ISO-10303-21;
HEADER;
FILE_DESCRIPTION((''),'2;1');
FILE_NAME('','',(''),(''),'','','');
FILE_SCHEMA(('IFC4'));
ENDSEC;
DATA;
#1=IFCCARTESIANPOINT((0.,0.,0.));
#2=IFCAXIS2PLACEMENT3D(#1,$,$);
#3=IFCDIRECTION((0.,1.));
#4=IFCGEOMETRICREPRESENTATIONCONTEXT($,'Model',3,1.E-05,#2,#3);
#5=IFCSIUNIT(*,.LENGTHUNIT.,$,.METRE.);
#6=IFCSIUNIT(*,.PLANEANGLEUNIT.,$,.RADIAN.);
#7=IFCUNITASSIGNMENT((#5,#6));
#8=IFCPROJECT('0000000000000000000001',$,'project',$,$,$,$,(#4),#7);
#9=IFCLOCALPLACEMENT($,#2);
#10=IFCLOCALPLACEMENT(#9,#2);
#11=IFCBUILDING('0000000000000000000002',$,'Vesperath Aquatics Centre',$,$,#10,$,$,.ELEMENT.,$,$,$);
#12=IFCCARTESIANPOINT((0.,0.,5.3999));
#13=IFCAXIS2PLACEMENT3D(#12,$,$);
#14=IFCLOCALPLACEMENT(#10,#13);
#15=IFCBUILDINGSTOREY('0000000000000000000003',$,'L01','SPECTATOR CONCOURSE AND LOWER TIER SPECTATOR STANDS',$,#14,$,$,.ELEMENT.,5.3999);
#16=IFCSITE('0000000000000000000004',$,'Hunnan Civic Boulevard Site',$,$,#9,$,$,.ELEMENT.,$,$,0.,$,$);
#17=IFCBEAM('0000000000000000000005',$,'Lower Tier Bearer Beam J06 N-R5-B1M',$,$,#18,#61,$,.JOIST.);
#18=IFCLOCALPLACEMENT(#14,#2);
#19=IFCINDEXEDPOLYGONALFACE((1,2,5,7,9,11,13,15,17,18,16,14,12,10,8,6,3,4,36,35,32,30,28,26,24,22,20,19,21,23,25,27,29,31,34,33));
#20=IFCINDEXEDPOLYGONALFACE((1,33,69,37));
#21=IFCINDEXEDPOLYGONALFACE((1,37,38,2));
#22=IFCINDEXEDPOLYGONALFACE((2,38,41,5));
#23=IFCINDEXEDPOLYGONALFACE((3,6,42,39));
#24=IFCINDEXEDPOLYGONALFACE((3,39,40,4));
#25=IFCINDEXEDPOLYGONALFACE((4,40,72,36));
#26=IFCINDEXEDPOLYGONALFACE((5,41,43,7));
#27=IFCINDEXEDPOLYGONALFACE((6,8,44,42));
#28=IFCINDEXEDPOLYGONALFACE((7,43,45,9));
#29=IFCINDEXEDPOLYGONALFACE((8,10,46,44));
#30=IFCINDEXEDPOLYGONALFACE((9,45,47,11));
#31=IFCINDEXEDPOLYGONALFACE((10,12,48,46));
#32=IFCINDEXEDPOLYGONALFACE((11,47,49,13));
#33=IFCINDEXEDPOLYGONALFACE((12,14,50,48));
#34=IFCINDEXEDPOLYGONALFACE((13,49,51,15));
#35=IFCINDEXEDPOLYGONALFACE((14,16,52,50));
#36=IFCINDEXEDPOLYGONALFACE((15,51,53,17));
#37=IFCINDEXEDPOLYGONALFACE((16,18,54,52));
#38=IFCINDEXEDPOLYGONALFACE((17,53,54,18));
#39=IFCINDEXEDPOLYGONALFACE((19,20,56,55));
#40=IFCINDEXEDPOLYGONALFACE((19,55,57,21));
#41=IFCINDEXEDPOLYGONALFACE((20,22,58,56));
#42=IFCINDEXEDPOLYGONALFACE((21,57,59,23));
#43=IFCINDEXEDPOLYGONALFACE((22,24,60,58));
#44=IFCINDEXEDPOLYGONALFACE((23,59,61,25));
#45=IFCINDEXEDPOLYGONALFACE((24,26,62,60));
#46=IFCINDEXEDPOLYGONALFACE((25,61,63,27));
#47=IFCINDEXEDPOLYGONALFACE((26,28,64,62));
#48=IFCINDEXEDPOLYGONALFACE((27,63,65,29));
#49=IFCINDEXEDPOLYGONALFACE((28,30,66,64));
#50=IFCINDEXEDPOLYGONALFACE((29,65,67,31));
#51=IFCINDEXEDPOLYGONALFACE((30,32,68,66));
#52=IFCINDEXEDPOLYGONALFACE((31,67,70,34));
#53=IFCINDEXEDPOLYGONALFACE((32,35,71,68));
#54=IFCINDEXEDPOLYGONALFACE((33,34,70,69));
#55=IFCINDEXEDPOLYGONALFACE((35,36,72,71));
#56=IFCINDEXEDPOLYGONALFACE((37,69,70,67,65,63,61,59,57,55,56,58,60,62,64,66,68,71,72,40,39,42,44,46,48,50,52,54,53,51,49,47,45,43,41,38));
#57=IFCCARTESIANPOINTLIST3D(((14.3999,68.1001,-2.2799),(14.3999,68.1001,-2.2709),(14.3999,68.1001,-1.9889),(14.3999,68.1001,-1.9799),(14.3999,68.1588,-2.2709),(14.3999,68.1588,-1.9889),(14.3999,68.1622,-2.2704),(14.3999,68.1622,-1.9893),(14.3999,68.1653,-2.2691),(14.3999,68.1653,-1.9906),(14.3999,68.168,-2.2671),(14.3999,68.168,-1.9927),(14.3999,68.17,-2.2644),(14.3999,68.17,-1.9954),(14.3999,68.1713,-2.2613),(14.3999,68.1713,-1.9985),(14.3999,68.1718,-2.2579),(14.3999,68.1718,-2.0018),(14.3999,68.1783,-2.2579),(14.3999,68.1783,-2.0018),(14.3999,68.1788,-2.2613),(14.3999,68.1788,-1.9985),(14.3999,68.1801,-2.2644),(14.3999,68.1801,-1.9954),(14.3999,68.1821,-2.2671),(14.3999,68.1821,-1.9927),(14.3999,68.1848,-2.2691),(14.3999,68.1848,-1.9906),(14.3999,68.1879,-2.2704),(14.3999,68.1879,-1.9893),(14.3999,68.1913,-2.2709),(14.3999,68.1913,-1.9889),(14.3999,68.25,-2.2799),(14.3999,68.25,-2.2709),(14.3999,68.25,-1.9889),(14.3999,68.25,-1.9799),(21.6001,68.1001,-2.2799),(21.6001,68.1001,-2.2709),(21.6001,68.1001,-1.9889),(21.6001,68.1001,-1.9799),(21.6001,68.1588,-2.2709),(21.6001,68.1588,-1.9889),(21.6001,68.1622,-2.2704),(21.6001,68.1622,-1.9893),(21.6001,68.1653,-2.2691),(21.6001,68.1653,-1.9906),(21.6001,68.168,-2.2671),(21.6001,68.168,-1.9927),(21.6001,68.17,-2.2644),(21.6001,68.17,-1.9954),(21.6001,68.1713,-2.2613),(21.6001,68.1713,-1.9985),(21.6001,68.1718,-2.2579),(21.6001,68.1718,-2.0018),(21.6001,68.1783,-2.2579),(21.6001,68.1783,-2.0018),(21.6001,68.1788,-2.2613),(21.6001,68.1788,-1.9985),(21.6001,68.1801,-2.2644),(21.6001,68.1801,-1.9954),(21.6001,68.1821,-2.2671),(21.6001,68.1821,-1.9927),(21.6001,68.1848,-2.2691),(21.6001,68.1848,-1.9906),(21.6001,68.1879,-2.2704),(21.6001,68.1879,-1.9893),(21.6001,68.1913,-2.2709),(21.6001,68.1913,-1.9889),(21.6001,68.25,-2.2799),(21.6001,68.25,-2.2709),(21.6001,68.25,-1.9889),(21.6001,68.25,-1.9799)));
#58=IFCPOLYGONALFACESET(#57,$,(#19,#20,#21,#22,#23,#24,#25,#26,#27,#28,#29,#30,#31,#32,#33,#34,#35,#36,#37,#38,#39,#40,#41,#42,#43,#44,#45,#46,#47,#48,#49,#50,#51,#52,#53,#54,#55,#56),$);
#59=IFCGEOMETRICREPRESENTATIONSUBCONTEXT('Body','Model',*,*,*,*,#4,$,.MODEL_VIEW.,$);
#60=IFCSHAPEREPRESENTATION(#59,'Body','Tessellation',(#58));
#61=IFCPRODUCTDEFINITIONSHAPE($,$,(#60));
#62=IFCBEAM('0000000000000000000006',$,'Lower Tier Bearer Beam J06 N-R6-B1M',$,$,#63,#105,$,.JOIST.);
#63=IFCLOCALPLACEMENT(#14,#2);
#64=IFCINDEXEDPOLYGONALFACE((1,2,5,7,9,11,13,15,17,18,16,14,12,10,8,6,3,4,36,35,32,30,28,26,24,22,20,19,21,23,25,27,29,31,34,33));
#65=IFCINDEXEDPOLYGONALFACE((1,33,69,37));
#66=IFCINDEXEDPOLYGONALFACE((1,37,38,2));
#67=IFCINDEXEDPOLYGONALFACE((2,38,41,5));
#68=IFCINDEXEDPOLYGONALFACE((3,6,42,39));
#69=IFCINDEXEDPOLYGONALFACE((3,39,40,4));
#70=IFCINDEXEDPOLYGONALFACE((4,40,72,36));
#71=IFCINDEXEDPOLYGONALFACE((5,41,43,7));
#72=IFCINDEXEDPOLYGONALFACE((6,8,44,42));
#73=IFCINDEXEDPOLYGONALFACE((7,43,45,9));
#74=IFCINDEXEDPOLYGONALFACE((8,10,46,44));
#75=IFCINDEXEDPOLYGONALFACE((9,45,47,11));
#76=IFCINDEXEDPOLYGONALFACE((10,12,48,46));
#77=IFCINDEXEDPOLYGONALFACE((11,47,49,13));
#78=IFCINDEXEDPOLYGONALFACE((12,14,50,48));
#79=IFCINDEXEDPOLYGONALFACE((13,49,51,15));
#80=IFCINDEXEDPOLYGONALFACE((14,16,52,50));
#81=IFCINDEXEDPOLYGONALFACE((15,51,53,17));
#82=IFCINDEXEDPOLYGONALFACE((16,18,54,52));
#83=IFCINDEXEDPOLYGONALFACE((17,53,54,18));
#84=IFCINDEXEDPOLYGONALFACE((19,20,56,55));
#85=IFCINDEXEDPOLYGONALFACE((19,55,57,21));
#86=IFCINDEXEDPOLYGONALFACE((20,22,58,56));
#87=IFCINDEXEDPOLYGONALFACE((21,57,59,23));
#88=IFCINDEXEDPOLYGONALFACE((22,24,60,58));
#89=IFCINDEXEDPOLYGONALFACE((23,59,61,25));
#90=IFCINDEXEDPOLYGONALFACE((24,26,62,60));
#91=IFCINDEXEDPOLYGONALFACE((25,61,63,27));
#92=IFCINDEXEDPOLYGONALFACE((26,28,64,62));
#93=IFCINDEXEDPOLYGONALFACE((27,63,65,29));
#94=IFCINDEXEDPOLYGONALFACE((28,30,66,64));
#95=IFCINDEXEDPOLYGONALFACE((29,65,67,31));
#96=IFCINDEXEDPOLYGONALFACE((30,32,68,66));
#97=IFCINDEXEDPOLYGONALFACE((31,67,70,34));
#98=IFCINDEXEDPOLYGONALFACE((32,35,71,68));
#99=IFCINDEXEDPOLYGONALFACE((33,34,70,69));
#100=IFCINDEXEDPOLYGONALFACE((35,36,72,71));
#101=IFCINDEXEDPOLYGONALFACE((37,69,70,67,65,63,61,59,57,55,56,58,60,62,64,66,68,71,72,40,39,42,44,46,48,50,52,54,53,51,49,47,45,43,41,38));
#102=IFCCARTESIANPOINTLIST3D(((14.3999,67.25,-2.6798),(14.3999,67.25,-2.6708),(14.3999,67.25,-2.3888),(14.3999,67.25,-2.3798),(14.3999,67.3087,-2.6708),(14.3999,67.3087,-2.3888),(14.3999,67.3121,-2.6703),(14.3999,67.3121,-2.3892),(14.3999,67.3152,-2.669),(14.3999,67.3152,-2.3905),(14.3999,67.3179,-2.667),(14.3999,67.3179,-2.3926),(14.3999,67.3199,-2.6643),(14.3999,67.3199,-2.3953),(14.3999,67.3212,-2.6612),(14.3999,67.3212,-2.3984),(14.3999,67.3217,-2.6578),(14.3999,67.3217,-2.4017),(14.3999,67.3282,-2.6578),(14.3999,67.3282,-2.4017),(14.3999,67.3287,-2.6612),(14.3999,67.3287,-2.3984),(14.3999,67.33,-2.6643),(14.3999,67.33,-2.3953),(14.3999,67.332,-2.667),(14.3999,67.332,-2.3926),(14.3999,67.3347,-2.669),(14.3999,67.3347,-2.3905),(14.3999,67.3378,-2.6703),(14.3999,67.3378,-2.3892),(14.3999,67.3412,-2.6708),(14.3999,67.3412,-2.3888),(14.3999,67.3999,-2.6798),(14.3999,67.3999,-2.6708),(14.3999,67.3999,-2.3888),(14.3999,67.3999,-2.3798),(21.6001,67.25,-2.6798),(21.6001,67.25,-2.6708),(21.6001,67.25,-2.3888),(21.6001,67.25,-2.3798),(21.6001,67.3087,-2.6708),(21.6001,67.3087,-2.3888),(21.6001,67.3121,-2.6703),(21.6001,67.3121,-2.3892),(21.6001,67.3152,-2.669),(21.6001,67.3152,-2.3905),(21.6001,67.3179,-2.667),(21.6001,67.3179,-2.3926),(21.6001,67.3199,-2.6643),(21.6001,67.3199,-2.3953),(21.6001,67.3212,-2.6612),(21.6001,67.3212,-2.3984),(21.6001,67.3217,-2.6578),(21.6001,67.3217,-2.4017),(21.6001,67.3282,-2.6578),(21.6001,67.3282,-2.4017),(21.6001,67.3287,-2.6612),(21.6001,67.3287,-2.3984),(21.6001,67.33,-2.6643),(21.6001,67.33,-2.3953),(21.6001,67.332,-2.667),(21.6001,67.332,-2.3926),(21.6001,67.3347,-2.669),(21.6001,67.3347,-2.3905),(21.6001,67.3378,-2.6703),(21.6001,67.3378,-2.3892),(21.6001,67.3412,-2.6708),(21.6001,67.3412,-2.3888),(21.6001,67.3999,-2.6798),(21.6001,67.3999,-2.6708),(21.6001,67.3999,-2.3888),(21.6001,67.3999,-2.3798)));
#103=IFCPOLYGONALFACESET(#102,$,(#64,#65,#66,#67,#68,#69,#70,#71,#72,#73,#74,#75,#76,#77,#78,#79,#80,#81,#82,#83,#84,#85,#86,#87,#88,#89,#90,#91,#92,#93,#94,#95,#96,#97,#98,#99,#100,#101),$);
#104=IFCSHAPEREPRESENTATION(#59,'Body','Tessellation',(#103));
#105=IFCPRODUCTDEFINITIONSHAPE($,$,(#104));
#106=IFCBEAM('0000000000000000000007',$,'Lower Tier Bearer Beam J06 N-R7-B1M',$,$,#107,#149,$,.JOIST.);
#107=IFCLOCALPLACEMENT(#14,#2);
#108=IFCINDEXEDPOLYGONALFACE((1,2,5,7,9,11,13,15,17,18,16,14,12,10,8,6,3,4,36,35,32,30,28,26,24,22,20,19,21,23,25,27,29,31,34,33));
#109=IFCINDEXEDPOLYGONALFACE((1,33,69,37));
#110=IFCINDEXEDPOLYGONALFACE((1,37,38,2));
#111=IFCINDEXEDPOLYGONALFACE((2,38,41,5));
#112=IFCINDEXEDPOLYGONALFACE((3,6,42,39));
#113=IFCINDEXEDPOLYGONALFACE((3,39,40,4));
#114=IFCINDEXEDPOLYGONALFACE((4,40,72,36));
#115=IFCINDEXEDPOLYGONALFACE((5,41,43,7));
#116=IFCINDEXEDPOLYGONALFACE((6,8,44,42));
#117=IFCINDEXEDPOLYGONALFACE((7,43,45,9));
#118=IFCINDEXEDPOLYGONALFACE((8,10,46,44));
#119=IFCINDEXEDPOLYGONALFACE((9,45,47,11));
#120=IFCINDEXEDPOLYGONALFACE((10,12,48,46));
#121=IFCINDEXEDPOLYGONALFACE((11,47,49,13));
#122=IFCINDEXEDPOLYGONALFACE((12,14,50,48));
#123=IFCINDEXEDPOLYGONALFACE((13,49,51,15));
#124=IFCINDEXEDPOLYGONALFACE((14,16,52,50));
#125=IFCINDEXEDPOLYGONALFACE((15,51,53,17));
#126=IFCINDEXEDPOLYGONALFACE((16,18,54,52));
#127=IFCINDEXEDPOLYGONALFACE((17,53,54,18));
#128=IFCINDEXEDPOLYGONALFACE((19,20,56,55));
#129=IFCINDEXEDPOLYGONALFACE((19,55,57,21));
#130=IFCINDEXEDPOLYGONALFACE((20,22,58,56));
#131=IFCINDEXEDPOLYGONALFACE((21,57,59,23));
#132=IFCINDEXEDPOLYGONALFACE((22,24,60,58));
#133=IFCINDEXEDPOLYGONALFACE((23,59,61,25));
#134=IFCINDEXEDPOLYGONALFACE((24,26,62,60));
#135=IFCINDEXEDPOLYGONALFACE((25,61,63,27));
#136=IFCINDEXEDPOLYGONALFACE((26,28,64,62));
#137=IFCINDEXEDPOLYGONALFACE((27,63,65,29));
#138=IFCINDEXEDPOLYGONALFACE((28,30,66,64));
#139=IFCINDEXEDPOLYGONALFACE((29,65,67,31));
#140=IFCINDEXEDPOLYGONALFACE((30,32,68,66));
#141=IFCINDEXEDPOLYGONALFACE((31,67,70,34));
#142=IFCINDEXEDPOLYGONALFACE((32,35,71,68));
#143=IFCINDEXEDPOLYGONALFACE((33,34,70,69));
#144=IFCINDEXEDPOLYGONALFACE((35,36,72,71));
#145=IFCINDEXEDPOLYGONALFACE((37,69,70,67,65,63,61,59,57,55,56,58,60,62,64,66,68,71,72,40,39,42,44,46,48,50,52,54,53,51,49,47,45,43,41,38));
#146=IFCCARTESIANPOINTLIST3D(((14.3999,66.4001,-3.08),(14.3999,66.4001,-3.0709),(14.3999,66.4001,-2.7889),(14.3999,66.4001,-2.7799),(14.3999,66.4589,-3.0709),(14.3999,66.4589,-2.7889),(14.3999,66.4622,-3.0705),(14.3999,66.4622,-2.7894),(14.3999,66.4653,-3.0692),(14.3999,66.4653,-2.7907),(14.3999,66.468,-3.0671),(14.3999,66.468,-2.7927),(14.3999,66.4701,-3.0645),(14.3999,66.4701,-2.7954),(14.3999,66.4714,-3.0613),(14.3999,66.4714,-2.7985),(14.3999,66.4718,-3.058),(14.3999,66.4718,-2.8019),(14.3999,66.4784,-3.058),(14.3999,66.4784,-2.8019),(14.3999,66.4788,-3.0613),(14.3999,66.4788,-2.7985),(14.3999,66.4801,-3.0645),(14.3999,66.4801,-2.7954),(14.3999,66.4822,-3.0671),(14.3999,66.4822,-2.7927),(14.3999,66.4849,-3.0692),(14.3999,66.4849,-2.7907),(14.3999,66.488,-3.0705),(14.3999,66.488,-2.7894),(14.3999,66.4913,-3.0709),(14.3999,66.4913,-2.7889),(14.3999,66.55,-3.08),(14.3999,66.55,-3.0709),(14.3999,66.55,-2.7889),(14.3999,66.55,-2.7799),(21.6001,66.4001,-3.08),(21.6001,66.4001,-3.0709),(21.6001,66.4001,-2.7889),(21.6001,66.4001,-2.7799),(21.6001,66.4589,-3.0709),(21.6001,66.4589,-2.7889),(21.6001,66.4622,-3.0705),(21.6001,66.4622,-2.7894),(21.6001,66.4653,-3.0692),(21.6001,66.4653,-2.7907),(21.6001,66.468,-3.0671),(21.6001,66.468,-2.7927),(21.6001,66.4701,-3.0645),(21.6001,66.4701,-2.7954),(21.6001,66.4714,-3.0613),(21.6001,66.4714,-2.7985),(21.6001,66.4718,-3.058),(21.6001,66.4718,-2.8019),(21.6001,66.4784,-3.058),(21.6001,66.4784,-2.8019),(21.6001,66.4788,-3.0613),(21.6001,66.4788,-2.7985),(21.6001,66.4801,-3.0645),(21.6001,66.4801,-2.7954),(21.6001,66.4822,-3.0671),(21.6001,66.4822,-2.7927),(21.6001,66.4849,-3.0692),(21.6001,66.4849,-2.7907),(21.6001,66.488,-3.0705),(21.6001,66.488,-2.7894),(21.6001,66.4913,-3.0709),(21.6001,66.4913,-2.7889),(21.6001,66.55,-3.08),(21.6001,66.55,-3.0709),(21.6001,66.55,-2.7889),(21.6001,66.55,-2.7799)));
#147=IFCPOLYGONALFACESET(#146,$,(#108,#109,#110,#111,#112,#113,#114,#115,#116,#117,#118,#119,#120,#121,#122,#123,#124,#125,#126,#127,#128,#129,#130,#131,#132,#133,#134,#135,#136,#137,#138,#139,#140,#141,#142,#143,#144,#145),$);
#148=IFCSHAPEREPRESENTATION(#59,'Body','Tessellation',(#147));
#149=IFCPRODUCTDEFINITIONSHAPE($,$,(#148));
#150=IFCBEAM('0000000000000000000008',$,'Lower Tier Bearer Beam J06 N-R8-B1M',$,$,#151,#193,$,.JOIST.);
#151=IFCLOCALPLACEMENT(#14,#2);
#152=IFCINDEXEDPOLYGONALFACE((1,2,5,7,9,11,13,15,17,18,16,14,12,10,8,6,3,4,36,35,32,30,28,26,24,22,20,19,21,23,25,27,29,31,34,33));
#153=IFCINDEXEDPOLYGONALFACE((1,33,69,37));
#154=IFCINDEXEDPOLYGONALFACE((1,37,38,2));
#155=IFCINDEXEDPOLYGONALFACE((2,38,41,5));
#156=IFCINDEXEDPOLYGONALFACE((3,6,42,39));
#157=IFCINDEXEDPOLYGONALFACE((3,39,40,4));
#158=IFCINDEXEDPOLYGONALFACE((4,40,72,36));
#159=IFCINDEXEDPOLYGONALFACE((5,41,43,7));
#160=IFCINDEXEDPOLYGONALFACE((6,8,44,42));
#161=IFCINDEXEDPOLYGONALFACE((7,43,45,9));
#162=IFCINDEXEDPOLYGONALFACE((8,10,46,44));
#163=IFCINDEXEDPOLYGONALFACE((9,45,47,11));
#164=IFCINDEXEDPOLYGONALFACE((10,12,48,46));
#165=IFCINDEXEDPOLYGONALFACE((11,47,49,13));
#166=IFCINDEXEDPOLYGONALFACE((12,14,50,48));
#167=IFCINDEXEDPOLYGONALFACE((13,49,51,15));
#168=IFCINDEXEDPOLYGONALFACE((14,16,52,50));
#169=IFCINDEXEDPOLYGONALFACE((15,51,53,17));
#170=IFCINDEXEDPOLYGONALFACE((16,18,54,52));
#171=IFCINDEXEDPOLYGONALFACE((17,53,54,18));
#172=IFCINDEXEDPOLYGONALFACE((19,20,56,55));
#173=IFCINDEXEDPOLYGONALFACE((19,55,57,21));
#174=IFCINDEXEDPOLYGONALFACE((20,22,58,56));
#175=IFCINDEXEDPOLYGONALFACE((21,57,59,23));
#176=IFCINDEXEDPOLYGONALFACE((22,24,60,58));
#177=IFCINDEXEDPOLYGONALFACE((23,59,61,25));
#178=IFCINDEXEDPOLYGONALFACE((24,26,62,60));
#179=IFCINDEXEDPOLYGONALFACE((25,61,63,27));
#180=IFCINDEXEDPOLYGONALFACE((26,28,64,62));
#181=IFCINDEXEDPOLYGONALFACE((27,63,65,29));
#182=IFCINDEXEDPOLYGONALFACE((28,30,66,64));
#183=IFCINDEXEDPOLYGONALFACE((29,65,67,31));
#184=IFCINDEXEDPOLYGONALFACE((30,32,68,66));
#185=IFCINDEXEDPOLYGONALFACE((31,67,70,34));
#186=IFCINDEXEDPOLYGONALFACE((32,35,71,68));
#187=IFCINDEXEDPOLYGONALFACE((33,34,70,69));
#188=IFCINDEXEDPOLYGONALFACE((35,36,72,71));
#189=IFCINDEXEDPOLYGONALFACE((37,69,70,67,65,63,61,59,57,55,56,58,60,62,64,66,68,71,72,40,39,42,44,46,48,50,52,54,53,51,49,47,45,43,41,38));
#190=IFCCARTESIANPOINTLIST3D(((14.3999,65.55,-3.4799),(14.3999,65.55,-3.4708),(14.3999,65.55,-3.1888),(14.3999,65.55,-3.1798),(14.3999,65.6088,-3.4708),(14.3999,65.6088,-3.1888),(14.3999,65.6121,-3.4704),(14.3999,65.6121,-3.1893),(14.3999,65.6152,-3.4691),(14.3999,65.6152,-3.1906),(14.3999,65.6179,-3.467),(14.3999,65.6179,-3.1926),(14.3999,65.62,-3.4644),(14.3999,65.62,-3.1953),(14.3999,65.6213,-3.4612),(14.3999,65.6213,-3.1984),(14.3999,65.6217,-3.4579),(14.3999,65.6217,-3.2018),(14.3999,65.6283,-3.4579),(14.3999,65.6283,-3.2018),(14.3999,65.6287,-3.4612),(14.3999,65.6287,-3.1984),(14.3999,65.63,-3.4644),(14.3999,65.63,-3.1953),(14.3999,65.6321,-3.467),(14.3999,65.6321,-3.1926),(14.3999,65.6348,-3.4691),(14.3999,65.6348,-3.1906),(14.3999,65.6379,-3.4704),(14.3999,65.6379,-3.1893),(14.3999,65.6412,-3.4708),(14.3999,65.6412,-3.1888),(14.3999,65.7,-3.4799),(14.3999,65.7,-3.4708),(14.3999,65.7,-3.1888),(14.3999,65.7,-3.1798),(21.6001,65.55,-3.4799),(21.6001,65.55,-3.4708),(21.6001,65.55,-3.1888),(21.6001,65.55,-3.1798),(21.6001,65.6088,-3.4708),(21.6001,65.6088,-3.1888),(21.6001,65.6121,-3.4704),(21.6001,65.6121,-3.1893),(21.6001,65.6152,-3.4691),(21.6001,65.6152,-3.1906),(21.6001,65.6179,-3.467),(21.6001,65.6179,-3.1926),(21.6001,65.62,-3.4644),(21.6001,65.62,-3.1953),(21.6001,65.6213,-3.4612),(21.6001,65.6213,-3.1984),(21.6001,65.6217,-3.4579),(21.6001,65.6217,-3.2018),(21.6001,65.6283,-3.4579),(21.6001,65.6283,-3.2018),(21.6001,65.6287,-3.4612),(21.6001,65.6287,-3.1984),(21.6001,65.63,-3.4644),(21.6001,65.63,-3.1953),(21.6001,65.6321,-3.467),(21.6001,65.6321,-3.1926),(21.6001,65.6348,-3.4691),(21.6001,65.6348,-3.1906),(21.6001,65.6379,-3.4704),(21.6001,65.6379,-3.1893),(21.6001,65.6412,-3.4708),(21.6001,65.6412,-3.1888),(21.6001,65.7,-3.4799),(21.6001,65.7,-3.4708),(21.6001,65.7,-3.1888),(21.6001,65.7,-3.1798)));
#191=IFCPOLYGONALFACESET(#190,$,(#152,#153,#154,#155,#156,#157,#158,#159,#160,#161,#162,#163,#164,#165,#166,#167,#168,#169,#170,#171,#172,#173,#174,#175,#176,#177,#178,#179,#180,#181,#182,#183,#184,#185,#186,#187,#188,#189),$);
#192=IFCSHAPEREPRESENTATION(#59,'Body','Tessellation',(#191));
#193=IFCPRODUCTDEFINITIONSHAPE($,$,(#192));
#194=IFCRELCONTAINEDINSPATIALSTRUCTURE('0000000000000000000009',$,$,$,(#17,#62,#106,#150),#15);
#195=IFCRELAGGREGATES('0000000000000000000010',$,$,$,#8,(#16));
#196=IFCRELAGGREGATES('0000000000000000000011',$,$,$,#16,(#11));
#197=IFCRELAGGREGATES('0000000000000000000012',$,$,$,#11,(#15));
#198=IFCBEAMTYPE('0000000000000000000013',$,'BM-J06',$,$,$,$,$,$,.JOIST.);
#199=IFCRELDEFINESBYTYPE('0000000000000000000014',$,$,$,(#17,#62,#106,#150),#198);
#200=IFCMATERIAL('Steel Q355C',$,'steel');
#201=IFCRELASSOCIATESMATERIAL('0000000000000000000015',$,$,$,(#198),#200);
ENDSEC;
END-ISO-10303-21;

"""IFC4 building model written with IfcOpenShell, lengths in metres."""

from ifc_helpers import new_model, si_unit, direction, frame, origin, origin_2d, place, context, subcontext, project, spatial, i_section, extrude, material, material_profile, profile_set, type_object, element, save


model = new_model("IFC4")

# Units and contexts
model_context = context("Model", 3, precision=1e-05, world=origin(), true_north=direction((0.0, 1.0)))
body_context = subcontext(model_context, "Body", "Model", "MODEL_VIEW")
ifc_project = project(units=[si_unit("LENGTHUNIT", "METRE"), si_unit("PLANEANGLEUNIT", "RADIAN")], contexts=[model_context])

# Site, building, storey
site_placement = place(None, origin())
site = spatial("IfcSite", under=ifc_project, at=site_placement, Name="Hunnan Civic Boulevard Site", CompositionType="ELEMENT", RefElevation=0.0)
building_placement = place(site_placement, origin())
building = spatial("IfcBuilding", under=site, at=building_placement, Name="Vesperath Aquatics Centre", CompositionType="ELEMENT")
storey_placement = place(building_placement, frame((0.0, 0.0, 5.3999)))
storey = spatial("IfcBuildingStorey", under=building, at=storey_placement, Name="L01", Description="SPECTATOR CONCOURSE AND LOWER TIER SPECTATOR STANDS", CompositionType="ELEMENT", Elevation=5.3999)

# Beams
ifc_material_1 = material(Name="Steel Q355C", Category="steel")
ifc_material_profile_1 = material_profile(ifc_material_1, i_section(OverallWidth=0.1499, OverallDepth=0.3, WebThickness=0.0066, FlangeThickness=0.009, FilletRadius=0.0129, at=origin_2d()), Name="HN 300x150x6.5x9")
ifc_profile_set_1 = profile_set([ifc_material_profile_1], Name="Steel Q355C")
beam_type_1 = type_object("IfcBeamType", Name="BM-J06", PredefinedType="JOIST", material=ifc_profile_set_1)
for number, where, z_axis, x_axis, name in (
    (1, (14.3999, 68.175, -2.1299), (1.0, 0.0, 0.0), (0.0, 1.0, 0.0), "Lower Tier Bearer Beam J06 N-R5-B1M"),
    (2, (14.3999, 67.325, -2.5298), (1.0, 0.0, 0.0), (0.0, 1.0, 0.0), "Lower Tier Bearer Beam J06 N-R6-B1M"),
    (3, (14.3999, 66.4751, -2.9299), (1.0, 0.0, 0.0), (0.0, 1.0, 0.0), "Lower Tier Bearer Beam J06 N-R7-B1M"),
    (4, (14.3999, 65.625, -3.3298), (1.0, 0.0, 0.0), (0.0, 1.0, 0.0), "Lower Tier Bearer Beam J06 N-R8-B1M"),
):
    element("IfcBeam", number, at=place(storey_placement, frame(where, z_axis=z_axis, x_axis=x_axis)), inside=storey, type_object=beam_type_1, Name=name, PredefinedType="JOIST", context=body_context, shape_type="SweptSolid", body=[
        extrude(i_section(OverallWidth=0.1499, OverallDepth=0.3, WebThickness=0.0066, FlangeThickness=0.009, FilletRadius=0.0129, at=origin_2d()), origin(), (0.0, 0.0, 1.0), 7.2002),
    ])

save(model, "model.ifc")
